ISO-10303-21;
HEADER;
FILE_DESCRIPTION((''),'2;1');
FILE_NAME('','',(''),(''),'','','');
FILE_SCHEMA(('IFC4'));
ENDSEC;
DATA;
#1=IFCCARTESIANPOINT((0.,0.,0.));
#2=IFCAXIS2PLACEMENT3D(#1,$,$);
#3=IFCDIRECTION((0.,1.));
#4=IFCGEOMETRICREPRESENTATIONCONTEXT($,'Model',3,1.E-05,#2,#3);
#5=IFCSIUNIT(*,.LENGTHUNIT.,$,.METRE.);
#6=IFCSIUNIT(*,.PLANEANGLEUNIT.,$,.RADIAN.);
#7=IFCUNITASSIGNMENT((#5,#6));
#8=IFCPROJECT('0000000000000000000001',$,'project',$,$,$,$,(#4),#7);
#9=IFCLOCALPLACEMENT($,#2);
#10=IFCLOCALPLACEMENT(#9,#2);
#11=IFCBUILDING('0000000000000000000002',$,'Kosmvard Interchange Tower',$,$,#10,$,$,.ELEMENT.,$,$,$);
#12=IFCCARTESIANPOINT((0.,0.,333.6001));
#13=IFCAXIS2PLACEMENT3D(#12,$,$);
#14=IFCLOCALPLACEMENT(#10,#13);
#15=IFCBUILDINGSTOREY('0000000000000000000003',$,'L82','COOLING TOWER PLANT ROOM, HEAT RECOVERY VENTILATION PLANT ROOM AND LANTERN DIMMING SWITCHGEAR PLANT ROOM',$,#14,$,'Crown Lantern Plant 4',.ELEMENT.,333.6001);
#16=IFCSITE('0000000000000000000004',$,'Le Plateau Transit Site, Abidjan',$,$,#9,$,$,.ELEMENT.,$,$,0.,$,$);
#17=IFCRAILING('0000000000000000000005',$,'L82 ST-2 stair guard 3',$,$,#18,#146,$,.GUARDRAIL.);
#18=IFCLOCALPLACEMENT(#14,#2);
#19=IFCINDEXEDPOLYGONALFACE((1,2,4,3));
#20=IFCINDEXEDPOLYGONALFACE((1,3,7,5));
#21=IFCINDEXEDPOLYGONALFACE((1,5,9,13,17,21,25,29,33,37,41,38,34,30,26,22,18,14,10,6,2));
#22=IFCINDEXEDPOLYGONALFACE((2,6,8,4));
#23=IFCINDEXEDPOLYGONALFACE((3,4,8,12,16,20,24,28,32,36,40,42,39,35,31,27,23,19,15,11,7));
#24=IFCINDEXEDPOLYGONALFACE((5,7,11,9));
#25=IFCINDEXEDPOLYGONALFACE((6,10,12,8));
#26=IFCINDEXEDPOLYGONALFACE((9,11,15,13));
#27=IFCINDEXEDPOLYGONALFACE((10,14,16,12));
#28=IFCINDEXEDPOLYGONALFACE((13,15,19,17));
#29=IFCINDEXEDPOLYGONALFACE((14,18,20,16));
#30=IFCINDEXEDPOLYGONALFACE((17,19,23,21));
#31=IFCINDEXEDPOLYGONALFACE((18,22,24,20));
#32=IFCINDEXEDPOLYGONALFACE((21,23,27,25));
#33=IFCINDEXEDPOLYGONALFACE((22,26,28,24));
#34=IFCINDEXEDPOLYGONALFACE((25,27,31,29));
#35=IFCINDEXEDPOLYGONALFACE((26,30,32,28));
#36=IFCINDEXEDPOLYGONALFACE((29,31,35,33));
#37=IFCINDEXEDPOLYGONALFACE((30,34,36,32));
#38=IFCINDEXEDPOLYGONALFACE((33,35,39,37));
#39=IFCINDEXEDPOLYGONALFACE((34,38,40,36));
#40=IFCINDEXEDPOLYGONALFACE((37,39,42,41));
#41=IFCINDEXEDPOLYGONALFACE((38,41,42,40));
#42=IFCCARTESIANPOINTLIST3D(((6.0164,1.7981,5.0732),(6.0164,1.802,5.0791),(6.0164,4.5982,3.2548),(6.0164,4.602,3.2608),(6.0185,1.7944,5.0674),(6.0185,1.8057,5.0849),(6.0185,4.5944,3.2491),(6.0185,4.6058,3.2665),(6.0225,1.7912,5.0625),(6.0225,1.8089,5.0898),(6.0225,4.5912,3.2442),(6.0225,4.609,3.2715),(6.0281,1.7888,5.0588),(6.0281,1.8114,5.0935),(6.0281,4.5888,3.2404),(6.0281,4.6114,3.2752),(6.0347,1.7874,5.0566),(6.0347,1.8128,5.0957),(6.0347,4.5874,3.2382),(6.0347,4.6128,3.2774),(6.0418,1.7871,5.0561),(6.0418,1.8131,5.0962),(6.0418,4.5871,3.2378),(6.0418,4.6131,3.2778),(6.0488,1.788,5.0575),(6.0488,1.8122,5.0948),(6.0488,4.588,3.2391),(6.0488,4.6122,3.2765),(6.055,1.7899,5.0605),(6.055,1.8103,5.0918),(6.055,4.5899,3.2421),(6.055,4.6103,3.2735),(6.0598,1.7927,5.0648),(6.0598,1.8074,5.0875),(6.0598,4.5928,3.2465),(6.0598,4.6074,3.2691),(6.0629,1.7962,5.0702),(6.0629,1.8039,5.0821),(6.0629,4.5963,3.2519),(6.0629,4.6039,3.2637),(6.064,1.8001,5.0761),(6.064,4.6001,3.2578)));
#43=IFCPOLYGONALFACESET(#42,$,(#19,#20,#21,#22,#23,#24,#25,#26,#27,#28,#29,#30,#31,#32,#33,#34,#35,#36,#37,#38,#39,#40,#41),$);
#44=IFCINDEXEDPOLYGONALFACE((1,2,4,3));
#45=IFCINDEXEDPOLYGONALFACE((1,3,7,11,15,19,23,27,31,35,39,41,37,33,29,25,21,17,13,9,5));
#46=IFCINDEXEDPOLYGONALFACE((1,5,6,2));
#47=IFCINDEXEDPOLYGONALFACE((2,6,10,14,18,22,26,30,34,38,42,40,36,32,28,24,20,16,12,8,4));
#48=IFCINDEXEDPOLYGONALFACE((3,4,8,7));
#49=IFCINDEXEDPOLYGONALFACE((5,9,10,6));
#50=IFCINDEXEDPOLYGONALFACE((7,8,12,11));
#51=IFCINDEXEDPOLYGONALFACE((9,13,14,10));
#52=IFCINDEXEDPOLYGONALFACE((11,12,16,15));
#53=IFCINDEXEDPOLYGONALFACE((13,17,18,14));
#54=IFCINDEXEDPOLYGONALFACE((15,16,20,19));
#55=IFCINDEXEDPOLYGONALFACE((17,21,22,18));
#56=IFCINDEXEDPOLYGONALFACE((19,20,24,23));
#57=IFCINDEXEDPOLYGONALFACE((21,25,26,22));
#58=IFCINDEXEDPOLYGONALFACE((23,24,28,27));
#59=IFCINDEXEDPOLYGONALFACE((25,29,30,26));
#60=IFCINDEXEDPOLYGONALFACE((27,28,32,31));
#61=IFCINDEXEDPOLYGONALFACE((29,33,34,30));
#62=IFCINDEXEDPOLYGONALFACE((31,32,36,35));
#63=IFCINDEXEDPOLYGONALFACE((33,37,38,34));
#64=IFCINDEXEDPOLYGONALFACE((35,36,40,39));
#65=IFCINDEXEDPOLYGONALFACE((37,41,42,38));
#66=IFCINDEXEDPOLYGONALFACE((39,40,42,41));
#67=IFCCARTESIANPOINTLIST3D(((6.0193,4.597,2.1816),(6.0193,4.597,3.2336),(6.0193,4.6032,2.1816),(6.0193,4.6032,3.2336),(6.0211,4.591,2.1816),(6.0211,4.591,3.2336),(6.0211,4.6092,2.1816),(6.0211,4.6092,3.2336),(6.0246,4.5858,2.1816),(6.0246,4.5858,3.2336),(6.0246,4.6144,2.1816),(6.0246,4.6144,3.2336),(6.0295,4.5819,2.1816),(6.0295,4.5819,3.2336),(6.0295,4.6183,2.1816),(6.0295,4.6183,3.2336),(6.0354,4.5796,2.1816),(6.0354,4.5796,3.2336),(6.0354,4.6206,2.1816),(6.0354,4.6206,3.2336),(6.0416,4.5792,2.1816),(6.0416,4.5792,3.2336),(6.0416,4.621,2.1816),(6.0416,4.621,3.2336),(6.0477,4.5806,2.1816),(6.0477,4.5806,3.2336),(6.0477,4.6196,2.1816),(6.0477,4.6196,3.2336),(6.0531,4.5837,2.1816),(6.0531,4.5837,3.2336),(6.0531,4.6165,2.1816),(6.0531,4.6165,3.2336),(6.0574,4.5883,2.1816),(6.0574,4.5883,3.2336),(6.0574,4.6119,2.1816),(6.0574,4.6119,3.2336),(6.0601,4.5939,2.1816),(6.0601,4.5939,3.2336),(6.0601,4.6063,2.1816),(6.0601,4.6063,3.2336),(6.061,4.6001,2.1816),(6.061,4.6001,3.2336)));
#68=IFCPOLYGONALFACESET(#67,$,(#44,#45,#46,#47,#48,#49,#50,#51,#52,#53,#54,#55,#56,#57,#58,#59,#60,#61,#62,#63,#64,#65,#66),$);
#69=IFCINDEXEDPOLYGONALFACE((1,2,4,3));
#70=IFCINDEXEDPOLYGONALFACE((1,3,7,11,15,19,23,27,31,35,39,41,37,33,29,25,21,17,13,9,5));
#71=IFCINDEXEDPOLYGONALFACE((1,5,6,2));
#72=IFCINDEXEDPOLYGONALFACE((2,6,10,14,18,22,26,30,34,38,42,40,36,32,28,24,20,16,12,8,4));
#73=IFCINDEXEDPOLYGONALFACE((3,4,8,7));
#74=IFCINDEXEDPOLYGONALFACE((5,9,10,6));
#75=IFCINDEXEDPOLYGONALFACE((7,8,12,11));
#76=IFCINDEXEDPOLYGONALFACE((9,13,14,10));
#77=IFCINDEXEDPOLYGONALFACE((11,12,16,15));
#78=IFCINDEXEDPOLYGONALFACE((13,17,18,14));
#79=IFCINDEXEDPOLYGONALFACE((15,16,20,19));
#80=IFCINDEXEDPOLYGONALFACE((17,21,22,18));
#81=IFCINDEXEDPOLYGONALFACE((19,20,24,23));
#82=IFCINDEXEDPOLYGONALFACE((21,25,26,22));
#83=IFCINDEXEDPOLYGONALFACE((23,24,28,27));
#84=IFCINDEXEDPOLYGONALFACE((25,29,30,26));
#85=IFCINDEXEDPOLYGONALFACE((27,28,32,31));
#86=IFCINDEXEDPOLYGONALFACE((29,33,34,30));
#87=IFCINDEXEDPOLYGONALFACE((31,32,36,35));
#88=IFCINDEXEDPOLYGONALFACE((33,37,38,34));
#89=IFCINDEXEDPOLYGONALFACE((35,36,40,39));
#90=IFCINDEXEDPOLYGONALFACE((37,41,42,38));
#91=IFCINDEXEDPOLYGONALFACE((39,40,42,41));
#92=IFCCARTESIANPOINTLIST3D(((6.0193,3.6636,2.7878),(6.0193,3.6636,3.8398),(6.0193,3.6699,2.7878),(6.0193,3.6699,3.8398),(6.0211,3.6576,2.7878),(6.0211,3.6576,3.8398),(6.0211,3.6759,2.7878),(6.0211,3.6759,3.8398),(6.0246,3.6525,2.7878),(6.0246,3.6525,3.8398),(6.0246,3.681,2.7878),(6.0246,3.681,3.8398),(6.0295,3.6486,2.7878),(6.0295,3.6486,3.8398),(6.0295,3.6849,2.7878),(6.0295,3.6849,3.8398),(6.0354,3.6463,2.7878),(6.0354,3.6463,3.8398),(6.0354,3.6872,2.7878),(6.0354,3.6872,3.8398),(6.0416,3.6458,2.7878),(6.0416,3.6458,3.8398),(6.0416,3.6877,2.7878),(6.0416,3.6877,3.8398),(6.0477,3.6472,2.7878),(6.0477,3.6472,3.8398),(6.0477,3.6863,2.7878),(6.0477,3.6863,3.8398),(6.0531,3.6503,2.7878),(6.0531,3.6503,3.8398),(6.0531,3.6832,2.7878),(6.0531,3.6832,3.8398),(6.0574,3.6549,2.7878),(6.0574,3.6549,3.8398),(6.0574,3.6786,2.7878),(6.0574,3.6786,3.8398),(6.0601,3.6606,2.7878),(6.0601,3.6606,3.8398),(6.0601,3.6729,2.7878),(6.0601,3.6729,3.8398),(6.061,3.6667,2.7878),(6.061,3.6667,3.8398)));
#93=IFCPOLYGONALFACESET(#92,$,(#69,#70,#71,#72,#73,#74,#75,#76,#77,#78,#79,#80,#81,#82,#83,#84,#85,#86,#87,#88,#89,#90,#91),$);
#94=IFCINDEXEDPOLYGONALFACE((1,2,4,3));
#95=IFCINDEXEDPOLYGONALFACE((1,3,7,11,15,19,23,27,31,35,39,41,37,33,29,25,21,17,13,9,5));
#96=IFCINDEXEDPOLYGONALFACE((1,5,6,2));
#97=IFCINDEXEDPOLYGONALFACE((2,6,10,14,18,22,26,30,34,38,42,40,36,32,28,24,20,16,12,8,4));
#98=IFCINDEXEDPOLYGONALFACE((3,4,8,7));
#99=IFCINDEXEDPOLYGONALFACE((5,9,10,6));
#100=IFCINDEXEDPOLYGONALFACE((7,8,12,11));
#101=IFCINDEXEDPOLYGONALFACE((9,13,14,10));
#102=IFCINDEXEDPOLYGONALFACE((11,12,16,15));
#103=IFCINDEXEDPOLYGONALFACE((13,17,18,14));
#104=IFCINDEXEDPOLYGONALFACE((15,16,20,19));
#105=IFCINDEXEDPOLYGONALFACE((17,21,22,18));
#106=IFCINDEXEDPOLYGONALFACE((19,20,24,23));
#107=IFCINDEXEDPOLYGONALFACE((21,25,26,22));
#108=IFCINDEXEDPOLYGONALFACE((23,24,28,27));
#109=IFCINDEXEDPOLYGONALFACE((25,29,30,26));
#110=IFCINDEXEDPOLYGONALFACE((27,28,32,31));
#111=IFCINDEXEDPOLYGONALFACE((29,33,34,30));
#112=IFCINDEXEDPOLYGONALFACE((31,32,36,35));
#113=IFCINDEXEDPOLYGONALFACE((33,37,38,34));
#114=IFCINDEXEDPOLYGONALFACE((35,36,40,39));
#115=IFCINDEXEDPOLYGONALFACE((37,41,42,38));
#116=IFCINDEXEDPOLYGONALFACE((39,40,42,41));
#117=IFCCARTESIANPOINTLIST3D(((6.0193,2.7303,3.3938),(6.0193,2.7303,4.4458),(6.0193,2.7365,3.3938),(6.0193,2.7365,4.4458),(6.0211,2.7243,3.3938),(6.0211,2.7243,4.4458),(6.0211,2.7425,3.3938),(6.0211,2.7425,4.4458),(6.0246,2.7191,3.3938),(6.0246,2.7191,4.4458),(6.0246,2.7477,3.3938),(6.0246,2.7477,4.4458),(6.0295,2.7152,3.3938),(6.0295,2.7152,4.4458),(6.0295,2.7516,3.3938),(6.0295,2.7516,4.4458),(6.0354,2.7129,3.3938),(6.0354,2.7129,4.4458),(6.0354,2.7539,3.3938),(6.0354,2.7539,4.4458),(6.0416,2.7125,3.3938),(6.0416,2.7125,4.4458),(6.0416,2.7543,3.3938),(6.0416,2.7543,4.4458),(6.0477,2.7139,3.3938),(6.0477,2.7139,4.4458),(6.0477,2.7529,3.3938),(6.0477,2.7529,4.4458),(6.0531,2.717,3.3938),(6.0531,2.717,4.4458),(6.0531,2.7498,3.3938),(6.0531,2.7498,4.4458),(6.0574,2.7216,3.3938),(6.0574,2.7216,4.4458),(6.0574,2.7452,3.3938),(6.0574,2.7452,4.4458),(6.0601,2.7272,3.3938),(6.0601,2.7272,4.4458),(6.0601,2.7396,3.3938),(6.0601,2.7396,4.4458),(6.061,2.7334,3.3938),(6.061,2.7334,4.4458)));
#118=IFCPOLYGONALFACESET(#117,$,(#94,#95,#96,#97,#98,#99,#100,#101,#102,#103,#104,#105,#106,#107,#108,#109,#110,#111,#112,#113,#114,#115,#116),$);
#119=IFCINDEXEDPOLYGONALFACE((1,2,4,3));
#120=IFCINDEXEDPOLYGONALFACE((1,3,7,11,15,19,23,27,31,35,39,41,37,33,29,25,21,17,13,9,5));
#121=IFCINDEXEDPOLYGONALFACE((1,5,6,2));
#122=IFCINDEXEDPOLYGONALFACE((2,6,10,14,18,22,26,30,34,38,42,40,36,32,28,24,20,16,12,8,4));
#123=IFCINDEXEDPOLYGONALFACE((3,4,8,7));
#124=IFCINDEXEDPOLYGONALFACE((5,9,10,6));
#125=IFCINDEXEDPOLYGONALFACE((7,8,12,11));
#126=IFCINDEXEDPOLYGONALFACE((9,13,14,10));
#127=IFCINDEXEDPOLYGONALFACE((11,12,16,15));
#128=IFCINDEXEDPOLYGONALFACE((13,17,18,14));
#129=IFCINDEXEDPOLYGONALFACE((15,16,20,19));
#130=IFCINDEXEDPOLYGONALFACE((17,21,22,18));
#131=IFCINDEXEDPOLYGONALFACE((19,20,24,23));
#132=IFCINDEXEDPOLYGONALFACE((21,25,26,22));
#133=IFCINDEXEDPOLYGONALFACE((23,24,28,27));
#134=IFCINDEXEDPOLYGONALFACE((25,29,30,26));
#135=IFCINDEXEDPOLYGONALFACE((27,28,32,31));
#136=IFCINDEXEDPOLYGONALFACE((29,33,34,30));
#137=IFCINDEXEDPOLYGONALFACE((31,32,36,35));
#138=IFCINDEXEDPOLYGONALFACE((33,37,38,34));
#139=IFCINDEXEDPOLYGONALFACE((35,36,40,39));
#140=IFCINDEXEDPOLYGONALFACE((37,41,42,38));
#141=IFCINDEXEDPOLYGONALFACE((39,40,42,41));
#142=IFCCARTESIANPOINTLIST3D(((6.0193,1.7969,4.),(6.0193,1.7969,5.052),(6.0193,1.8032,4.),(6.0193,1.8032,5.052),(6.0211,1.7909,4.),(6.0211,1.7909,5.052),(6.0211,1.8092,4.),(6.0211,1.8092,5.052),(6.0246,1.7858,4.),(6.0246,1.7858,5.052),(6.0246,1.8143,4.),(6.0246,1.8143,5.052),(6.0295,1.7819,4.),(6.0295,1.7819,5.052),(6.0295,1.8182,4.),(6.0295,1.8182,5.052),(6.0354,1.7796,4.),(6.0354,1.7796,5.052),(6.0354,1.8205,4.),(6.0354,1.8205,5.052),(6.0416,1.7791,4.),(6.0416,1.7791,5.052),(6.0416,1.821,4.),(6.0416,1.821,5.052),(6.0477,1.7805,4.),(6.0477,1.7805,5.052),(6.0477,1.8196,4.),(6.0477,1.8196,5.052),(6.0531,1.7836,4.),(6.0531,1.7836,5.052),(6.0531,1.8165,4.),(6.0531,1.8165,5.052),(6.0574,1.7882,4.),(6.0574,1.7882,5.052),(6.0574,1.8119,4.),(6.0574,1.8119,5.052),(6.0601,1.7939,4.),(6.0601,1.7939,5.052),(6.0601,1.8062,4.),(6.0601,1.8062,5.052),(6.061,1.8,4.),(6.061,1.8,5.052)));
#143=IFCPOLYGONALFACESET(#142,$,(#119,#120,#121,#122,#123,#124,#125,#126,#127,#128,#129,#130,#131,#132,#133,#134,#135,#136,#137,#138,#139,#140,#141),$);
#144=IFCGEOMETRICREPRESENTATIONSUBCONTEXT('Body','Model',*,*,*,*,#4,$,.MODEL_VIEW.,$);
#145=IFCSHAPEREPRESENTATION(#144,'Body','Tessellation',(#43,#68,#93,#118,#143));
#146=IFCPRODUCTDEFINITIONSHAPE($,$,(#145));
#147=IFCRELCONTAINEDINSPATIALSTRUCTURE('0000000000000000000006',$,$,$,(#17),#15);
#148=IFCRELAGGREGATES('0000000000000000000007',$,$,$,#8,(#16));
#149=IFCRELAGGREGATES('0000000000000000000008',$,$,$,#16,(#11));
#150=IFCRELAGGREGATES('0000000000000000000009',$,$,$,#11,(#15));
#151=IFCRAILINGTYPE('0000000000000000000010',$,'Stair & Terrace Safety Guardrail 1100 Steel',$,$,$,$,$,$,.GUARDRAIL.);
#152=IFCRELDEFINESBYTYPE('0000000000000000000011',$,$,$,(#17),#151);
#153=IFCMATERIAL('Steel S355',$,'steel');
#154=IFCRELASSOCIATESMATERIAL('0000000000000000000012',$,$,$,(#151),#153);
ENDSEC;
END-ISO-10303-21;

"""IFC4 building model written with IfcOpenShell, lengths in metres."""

from ifc_helpers import new_model, si_unit, direction, frame, origin, origin_2d, place, context, subcontext, project, spatial, circle, extrude, source, transform, mapped, material, type_object, element, save


model = new_model("IFC4")

# Units and contexts
model_context = context("Model", 3, precision=1e-05, world=origin(), true_north=direction((0.0, 1.0)))
body_context = subcontext(model_context, "Body", "Model", "MODEL_VIEW")
ifc_project = project(units=[si_unit("LENGTHUNIT", "METRE"), si_unit("PLANEANGLEUNIT", "RADIAN")], contexts=[model_context])

# Site, building, storey
site_placement = place(None, origin())
site = spatial("IfcSite", under=ifc_project, at=site_placement, Name="Le Plateau Transit Site, Abidjan", CompositionType="ELEMENT", RefElevation=0.0)
building_placement = place(site_placement, origin())
building = spatial("IfcBuilding", under=site, at=building_placement, Name="Kosmvard Interchange Tower", CompositionType="ELEMENT")
storey_placement = place(building_placement, frame((0.0, 0.0, 333.6001)))
storey = spatial("IfcBuildingStorey", under=building, at=storey_placement, Name="L82", Description="COOLING TOWER PLANT ROOM, HEAT RECOVERY VENTILATION PLANT ROOM AND LANTERN DIMMING SWITCHGEAR PLANT ROOM", LongName="Crown Lantern Plant 4", CompositionType="ELEMENT", Elevation=333.6001)

# Shared definitions
ifc_material_1 = material(Name="Steel S355", Category="steel")

# Railing
railing_type_1 = type_object("IfcRailingType", Name="Stair & Terrace Safety Guardrail 1100 Steel", PredefinedType="GUARDRAIL", material=ifc_material_1)
shared_shape_1 = source(origin(), body_context, "Body", "SweptSolid", [
    extrude(circle(Radius=0.0239, at=origin_2d()), frame((0.0, 0.0, 1.0762), z_axis=(0.0, -0.838672, 0.544636), x_axis=(1.0, 0.0, 0.0)), (0.0, 0.0, 1.0), 3.3386),
    extrude(circle(Radius=0.021, at=origin_2d()), origin(), (0.0, 0.0, 1.0), 1.052),
    extrude(circle(Radius=0.021, at=origin_2d()), frame((0.0, -0.9333, 0.6062)), (0.0, 0.0, 1.0), 1.052),
    extrude(circle(Radius=0.021, at=origin_2d()), frame((0.0, -1.8667, 1.2122)), (0.0, 0.0, 1.0), 1.052),
    extrude(circle(Radius=0.021, at=origin_2d()), frame((0.0, -2.8, 1.8184)), (0.0, 0.0, 1.0), 1.052),
])
railing_1_placement = place(storey_placement, frame((6.04, 4.6001, 2.1816)))
element("IfcRailing", 1, at=railing_1_placement, inside=storey, type_object=railing_type_1, Name="L82 ST-2 stair guard 3", PredefinedType="GUARDRAIL", context=body_context, shape_type="MappedRepresentation", body=[
    mapped(shared_shape_1, transform((0.0, 0.0, 0.0), scale=1.0)),
])

save(model, "model.ifc")
